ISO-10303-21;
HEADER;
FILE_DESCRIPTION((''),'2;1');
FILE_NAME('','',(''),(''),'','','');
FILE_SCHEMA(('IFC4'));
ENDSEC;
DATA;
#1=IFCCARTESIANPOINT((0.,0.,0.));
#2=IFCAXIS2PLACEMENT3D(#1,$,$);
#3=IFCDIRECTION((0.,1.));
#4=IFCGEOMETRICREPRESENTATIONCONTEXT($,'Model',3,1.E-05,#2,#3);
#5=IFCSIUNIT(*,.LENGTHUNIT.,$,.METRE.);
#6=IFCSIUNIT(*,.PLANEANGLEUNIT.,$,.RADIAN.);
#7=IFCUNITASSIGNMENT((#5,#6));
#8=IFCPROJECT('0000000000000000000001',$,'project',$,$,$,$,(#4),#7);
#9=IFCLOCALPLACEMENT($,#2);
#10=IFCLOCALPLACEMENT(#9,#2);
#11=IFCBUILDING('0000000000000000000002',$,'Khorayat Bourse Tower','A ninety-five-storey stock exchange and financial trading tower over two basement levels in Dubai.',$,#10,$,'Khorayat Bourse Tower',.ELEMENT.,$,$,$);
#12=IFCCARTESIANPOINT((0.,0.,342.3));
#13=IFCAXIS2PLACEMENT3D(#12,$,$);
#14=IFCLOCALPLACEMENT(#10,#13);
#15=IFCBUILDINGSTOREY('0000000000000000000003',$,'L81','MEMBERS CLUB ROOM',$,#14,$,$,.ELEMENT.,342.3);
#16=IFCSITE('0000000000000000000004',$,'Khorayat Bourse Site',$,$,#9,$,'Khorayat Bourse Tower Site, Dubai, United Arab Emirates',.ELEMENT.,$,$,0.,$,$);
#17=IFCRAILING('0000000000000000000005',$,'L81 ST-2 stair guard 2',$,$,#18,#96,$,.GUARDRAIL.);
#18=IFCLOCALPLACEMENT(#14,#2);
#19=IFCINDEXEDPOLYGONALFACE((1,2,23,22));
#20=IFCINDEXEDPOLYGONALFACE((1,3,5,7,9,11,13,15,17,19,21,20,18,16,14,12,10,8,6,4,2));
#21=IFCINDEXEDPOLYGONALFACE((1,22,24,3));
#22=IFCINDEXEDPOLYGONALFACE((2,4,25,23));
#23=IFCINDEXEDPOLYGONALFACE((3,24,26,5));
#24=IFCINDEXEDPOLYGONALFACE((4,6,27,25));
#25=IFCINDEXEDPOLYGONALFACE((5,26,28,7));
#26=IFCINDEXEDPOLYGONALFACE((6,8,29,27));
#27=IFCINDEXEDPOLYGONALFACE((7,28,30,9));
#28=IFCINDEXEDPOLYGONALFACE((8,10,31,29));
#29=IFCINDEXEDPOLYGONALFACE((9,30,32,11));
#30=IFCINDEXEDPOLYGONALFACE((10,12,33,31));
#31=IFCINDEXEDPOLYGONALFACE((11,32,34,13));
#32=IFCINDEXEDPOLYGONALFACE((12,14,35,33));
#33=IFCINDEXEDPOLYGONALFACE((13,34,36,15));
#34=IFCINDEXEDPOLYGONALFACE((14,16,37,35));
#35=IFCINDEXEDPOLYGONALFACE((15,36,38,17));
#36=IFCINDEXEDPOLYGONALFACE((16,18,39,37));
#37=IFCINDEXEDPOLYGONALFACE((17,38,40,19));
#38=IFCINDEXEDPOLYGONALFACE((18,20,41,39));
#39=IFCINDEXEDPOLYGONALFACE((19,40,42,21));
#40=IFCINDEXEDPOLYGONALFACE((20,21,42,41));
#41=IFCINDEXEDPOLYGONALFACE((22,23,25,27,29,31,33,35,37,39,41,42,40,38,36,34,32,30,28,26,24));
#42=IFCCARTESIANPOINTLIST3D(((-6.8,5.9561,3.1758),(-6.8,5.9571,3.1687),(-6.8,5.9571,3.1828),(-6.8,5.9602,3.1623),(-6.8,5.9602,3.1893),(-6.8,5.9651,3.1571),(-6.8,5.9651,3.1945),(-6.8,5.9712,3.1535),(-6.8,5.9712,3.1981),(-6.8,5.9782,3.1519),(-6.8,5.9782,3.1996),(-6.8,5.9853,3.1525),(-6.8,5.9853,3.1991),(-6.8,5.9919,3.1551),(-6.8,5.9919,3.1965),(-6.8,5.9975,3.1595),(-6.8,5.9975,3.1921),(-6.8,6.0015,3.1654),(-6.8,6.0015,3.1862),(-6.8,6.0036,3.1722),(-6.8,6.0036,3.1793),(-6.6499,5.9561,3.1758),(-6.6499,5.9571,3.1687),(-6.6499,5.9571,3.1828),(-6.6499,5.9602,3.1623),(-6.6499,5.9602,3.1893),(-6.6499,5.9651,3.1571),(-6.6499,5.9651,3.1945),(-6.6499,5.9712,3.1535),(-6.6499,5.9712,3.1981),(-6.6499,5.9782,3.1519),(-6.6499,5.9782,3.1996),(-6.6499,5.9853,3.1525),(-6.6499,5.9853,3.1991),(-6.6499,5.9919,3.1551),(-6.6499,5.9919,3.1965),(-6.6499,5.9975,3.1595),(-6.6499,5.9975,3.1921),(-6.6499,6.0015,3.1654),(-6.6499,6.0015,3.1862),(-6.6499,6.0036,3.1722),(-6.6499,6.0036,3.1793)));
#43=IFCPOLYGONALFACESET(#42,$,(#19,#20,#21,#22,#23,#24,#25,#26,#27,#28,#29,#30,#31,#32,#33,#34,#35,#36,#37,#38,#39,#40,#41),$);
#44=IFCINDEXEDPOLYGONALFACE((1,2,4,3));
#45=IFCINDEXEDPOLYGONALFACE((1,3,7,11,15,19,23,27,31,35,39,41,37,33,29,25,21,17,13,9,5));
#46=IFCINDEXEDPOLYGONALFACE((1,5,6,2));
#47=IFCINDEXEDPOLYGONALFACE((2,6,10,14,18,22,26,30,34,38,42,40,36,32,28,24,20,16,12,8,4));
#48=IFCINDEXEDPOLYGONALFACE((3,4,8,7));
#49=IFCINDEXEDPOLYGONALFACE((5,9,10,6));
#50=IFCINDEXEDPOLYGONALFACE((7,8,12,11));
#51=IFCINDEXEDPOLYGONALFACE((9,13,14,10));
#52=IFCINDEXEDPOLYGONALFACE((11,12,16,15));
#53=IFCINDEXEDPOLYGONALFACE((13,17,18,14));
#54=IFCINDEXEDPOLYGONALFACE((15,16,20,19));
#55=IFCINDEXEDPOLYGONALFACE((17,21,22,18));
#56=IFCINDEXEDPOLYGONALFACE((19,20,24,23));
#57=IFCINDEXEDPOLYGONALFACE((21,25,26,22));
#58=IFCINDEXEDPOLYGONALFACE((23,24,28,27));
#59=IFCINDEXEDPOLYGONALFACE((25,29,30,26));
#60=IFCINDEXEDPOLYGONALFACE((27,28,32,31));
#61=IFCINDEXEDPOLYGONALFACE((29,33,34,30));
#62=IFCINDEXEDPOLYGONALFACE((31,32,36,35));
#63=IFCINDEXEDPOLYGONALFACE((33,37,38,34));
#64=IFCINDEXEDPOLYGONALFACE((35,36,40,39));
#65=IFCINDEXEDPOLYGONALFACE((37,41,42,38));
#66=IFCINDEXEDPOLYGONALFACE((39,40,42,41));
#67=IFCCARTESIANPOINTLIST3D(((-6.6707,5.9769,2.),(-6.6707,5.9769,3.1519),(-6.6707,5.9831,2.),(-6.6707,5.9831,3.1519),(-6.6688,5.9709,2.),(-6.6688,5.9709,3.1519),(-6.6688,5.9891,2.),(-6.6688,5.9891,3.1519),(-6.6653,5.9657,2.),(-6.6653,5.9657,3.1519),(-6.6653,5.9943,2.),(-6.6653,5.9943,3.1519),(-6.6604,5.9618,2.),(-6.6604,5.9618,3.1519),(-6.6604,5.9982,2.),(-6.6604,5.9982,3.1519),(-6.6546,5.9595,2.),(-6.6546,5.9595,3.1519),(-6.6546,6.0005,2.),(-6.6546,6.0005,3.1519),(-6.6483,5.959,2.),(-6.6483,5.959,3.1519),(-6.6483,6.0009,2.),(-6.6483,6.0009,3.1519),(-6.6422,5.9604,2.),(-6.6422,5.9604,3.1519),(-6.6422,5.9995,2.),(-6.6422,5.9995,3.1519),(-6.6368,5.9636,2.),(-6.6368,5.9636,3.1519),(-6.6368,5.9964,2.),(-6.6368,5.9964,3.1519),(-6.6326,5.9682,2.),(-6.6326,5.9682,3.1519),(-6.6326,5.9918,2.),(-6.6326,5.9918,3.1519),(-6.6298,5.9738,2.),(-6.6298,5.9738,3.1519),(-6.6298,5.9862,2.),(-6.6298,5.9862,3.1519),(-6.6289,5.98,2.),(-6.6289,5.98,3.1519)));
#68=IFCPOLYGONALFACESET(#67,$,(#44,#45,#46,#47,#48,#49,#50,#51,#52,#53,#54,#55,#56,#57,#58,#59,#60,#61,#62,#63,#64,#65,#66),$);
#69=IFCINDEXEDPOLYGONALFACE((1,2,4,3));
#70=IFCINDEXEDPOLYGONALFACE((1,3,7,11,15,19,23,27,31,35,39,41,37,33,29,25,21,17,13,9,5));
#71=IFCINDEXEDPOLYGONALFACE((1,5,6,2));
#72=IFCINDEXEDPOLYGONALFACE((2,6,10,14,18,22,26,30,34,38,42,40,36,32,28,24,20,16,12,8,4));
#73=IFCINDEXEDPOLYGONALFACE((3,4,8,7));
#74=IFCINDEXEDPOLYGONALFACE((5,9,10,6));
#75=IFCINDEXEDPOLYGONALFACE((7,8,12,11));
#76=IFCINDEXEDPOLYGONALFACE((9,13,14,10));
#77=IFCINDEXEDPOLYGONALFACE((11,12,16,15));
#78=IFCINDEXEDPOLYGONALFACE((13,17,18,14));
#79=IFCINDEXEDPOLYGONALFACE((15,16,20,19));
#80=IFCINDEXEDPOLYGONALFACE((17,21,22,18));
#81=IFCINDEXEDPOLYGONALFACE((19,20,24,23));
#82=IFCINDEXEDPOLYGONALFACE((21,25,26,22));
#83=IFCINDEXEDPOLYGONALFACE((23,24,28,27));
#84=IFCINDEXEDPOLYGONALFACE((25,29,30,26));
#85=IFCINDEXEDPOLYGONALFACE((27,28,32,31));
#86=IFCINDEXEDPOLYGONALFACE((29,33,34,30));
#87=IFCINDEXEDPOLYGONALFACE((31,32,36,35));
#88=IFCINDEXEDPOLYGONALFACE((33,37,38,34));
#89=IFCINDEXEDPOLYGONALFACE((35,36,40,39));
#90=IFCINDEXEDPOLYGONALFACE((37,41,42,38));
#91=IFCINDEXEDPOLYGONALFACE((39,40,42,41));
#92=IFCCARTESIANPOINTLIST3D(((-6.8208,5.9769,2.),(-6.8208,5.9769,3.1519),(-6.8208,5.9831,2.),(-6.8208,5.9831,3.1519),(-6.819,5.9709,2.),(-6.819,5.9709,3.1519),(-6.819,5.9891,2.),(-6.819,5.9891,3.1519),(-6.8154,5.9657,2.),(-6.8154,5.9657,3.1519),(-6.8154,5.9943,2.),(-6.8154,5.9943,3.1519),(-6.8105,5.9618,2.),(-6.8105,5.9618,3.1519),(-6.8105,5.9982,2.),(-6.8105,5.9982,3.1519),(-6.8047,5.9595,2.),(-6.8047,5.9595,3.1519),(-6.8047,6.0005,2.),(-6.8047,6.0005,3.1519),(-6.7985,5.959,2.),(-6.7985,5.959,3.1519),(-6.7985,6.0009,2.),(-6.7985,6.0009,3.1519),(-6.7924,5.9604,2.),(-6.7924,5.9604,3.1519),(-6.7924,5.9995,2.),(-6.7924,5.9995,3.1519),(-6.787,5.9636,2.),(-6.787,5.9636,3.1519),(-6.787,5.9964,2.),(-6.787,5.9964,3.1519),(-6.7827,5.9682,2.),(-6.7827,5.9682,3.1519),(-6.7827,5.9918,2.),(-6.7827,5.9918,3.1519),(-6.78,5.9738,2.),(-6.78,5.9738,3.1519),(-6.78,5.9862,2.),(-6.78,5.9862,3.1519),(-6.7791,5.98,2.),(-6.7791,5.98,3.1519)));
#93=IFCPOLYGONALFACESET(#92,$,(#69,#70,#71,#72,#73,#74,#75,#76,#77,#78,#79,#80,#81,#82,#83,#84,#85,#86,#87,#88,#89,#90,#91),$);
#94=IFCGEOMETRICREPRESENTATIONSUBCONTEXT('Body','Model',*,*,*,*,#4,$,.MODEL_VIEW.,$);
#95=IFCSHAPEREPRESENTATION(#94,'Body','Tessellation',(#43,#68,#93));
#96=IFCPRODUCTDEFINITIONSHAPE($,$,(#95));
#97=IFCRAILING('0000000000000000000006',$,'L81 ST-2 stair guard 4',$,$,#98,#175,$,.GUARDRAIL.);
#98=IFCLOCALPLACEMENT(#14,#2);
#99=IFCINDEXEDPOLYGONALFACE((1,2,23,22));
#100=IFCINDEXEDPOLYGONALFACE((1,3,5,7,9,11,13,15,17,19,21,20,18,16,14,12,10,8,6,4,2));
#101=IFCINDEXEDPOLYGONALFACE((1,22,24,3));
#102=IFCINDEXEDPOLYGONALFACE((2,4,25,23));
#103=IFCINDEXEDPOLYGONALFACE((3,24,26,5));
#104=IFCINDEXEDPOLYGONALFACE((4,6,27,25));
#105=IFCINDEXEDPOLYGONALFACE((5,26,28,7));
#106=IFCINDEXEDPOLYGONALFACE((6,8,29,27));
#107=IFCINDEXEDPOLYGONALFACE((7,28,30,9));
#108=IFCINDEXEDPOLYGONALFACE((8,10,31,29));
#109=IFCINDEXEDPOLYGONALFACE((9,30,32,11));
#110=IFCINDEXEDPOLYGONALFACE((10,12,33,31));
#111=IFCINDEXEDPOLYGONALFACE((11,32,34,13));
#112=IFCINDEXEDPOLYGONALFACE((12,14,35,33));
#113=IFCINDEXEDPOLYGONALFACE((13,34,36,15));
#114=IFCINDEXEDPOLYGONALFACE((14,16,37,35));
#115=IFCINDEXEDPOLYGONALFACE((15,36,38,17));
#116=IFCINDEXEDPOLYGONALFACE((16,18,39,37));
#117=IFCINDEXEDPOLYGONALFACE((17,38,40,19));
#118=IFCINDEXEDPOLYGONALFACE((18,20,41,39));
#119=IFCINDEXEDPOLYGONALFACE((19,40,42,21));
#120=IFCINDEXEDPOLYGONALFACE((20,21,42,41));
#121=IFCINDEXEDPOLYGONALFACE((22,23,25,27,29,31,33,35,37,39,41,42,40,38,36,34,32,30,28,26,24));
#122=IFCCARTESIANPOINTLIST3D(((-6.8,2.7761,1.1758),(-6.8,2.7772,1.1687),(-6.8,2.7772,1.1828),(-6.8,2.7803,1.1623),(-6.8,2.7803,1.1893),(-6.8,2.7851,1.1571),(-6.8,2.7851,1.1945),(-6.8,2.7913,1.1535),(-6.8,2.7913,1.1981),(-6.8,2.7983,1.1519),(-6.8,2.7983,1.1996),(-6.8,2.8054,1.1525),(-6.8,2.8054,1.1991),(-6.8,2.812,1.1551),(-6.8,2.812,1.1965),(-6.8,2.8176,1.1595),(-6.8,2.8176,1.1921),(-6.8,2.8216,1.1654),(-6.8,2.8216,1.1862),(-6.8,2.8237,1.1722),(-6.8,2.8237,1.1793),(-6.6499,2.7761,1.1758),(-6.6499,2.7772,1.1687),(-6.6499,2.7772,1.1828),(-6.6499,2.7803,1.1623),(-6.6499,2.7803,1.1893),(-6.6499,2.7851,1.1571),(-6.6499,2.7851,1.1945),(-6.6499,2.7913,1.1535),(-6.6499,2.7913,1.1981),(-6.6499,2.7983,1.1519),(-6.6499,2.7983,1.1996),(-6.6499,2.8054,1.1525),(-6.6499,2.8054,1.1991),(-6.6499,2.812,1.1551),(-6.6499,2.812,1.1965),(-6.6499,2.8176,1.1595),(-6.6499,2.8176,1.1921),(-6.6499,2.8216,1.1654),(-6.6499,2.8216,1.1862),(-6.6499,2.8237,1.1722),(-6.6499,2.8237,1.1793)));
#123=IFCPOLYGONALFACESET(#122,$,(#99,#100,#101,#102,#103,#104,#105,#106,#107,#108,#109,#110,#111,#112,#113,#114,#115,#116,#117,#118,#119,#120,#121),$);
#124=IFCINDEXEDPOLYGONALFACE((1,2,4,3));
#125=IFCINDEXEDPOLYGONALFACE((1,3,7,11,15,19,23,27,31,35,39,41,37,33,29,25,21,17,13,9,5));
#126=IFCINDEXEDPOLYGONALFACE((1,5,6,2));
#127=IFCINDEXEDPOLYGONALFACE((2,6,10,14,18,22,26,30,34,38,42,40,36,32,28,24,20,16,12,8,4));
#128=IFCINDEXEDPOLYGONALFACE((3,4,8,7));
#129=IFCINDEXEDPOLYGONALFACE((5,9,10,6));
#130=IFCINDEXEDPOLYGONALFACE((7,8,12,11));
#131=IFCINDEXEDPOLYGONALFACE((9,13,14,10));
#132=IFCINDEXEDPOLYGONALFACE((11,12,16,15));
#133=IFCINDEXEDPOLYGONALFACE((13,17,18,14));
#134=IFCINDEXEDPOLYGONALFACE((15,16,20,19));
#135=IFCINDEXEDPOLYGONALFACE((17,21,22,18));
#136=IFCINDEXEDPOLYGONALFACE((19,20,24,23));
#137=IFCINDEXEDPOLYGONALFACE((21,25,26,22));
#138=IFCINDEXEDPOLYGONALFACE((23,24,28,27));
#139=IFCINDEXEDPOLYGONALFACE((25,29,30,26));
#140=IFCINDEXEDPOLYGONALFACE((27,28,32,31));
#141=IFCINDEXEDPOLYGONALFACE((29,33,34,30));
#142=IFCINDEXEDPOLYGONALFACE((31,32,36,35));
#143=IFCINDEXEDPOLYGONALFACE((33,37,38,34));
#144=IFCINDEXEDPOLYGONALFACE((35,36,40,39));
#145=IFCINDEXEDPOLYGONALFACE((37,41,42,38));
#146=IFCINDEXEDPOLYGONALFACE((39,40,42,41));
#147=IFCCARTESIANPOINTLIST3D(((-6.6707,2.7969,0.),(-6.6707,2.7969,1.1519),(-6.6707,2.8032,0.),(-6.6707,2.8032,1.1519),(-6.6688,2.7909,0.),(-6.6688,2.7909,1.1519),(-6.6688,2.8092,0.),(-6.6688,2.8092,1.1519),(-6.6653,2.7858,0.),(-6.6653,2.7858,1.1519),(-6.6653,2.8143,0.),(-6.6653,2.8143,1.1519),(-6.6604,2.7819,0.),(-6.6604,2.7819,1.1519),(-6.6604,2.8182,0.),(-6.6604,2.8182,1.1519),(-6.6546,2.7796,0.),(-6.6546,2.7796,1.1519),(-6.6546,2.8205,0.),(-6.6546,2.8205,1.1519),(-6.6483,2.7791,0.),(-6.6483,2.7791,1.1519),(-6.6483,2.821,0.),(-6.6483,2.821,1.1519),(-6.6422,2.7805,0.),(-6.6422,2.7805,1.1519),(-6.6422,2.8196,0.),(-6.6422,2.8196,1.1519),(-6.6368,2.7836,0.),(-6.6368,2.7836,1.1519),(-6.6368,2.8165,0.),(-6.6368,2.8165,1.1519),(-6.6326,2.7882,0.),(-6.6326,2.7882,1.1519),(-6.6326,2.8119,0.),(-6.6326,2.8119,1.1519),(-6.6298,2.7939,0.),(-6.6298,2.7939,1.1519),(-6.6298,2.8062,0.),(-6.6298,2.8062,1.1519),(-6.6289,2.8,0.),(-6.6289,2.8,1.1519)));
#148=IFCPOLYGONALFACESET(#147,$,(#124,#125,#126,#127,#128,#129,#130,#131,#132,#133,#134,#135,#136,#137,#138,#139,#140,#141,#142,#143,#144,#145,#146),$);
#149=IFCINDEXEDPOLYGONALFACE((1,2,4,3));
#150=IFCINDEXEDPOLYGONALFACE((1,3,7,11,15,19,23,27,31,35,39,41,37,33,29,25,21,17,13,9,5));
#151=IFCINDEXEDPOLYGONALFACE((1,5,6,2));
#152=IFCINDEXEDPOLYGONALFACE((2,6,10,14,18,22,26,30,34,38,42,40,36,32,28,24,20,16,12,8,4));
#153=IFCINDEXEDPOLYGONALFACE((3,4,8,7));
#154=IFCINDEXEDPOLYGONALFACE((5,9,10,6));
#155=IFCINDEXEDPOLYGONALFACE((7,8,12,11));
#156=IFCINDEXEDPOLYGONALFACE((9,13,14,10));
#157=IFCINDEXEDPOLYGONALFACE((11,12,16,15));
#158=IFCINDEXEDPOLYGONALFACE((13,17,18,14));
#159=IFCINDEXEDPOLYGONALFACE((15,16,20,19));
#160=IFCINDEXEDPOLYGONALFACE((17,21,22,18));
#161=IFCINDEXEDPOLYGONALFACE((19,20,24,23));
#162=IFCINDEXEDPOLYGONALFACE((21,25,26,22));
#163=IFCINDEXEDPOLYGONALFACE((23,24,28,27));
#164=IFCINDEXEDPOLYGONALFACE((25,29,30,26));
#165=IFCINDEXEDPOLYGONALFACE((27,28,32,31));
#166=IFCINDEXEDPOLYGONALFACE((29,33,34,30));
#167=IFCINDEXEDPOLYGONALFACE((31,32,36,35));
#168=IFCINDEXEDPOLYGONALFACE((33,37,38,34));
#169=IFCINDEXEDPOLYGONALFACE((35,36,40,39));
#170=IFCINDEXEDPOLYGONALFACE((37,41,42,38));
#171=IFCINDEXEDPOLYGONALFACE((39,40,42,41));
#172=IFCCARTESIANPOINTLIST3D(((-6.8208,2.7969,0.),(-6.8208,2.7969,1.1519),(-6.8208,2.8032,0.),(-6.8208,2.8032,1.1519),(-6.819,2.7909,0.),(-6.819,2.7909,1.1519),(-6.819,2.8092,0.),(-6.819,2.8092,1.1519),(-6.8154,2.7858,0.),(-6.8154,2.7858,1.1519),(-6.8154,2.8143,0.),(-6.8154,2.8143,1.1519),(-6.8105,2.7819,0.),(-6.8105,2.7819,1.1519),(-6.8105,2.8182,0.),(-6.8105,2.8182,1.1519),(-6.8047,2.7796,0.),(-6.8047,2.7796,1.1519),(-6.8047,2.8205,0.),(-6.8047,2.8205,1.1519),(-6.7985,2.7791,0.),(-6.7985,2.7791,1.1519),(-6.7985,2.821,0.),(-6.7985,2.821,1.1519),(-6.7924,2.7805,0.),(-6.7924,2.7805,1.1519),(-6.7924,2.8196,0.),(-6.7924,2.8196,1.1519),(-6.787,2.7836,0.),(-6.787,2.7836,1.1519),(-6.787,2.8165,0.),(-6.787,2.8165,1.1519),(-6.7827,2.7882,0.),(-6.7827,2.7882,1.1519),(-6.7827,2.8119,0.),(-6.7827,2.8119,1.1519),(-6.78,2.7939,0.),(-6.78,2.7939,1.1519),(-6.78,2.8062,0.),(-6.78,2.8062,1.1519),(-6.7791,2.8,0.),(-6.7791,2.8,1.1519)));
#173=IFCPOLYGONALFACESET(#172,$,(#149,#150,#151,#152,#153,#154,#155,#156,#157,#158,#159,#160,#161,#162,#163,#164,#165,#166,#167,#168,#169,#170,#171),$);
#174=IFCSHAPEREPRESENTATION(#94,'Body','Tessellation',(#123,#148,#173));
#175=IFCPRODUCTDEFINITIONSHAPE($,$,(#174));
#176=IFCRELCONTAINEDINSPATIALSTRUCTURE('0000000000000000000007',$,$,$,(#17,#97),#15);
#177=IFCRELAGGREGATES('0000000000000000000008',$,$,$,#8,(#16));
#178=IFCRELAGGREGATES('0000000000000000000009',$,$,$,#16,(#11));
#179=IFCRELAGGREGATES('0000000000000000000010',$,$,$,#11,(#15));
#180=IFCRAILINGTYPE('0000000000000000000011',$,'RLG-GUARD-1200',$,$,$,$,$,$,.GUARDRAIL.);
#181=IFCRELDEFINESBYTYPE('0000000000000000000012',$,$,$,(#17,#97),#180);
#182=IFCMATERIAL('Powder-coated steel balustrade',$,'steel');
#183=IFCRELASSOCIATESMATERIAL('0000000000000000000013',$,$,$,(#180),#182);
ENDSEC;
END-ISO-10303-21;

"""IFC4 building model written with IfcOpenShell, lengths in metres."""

from ifc_helpers import new_model, si_unit, direction, frame, origin, origin_2d, place, context, subcontext, project, spatial, circle, extrude, source, transform, mapped, material, type_object, element, save


model = new_model("IFC4")

# Units and contexts
model_context = context("Model", 3, precision=1e-05, world=origin(), true_north=direction((0.0, 1.0)))
body_context = subcontext(model_context, "Body", "Model", "MODEL_VIEW")
ifc_project = project(units=[si_unit("LENGTHUNIT", "METRE"), si_unit("PLANEANGLEUNIT", "RADIAN")], contexts=[model_context])

# Site, building, storey
site_placement = place(None, origin())
site = spatial("IfcSite", under=ifc_project, at=site_placement, Name="Khorayat Bourse Site", LongName="Khorayat Bourse Tower Site, Dubai, United Arab Emirates", CompositionType="ELEMENT", RefElevation=0.0)
building_placement = place(site_placement, origin())
building = spatial("IfcBuilding", under=site, at=building_placement, Name="Khorayat Bourse Tower", Description="A ninety-five-storey stock exchange and financial trading tower over two basement levels in Dubai.", LongName="Khorayat Bourse Tower", CompositionType="ELEMENT")
storey_placement = place(building_placement, frame((0.0, 0.0, 342.3)))
storey = spatial("IfcBuildingStorey", under=building, at=storey_placement, Name="L81", Description="MEMBERS CLUB ROOM", CompositionType="ELEMENT", Elevation=342.3)

# Railings
ifc_material_1 = material(Name="Powder-coated steel balustrade", Category="steel")
railing_type_1 = type_object("IfcRailingType", Name="RLG-GUARD-1200", PredefinedType="GUARDRAIL", material=ifc_material_1)
shared_shape_1 = source(origin(), body_context, "Body", "SweptSolid", [
    extrude(circle(Radius=0.0239, at=origin_2d()), frame((0.0, 0.0, 1.1758), z_axis=(-1.0, 0.0, 0.0), x_axis=(0.0, -1.0, 0.0)), (0.0, 0.0, 1.0), 0.1501),
    extrude(circle(Radius=0.021, at=origin_2d()), origin(), (0.0, 0.0, 1.0), 1.1519),
    extrude(circle(Radius=0.021, at=origin_2d()), frame((-0.1501, 0.0, 0.0)), (0.0, 0.0, 1.0), 1.1519),
])
for number, where, name in (
    (1, (-6.6499, 5.98, 2.0), "L81 ST-2 stair guard 2"),
    (2, (-6.6499, 2.8, 0.0), "L81 ST-2 stair guard 4"),
):
    element("IfcRailing", number, at=place(storey_placement, frame(where)), inside=storey, type_object=railing_type_1, Name=name, PredefinedType="GUARDRAIL", context=body_context, shape_type="MappedRepresentation", body=[
        mapped(shared_shape_1, transform((0.0, 0.0, 0.0), scale=1.0)),
    ])

save(model, "model.ifc")
